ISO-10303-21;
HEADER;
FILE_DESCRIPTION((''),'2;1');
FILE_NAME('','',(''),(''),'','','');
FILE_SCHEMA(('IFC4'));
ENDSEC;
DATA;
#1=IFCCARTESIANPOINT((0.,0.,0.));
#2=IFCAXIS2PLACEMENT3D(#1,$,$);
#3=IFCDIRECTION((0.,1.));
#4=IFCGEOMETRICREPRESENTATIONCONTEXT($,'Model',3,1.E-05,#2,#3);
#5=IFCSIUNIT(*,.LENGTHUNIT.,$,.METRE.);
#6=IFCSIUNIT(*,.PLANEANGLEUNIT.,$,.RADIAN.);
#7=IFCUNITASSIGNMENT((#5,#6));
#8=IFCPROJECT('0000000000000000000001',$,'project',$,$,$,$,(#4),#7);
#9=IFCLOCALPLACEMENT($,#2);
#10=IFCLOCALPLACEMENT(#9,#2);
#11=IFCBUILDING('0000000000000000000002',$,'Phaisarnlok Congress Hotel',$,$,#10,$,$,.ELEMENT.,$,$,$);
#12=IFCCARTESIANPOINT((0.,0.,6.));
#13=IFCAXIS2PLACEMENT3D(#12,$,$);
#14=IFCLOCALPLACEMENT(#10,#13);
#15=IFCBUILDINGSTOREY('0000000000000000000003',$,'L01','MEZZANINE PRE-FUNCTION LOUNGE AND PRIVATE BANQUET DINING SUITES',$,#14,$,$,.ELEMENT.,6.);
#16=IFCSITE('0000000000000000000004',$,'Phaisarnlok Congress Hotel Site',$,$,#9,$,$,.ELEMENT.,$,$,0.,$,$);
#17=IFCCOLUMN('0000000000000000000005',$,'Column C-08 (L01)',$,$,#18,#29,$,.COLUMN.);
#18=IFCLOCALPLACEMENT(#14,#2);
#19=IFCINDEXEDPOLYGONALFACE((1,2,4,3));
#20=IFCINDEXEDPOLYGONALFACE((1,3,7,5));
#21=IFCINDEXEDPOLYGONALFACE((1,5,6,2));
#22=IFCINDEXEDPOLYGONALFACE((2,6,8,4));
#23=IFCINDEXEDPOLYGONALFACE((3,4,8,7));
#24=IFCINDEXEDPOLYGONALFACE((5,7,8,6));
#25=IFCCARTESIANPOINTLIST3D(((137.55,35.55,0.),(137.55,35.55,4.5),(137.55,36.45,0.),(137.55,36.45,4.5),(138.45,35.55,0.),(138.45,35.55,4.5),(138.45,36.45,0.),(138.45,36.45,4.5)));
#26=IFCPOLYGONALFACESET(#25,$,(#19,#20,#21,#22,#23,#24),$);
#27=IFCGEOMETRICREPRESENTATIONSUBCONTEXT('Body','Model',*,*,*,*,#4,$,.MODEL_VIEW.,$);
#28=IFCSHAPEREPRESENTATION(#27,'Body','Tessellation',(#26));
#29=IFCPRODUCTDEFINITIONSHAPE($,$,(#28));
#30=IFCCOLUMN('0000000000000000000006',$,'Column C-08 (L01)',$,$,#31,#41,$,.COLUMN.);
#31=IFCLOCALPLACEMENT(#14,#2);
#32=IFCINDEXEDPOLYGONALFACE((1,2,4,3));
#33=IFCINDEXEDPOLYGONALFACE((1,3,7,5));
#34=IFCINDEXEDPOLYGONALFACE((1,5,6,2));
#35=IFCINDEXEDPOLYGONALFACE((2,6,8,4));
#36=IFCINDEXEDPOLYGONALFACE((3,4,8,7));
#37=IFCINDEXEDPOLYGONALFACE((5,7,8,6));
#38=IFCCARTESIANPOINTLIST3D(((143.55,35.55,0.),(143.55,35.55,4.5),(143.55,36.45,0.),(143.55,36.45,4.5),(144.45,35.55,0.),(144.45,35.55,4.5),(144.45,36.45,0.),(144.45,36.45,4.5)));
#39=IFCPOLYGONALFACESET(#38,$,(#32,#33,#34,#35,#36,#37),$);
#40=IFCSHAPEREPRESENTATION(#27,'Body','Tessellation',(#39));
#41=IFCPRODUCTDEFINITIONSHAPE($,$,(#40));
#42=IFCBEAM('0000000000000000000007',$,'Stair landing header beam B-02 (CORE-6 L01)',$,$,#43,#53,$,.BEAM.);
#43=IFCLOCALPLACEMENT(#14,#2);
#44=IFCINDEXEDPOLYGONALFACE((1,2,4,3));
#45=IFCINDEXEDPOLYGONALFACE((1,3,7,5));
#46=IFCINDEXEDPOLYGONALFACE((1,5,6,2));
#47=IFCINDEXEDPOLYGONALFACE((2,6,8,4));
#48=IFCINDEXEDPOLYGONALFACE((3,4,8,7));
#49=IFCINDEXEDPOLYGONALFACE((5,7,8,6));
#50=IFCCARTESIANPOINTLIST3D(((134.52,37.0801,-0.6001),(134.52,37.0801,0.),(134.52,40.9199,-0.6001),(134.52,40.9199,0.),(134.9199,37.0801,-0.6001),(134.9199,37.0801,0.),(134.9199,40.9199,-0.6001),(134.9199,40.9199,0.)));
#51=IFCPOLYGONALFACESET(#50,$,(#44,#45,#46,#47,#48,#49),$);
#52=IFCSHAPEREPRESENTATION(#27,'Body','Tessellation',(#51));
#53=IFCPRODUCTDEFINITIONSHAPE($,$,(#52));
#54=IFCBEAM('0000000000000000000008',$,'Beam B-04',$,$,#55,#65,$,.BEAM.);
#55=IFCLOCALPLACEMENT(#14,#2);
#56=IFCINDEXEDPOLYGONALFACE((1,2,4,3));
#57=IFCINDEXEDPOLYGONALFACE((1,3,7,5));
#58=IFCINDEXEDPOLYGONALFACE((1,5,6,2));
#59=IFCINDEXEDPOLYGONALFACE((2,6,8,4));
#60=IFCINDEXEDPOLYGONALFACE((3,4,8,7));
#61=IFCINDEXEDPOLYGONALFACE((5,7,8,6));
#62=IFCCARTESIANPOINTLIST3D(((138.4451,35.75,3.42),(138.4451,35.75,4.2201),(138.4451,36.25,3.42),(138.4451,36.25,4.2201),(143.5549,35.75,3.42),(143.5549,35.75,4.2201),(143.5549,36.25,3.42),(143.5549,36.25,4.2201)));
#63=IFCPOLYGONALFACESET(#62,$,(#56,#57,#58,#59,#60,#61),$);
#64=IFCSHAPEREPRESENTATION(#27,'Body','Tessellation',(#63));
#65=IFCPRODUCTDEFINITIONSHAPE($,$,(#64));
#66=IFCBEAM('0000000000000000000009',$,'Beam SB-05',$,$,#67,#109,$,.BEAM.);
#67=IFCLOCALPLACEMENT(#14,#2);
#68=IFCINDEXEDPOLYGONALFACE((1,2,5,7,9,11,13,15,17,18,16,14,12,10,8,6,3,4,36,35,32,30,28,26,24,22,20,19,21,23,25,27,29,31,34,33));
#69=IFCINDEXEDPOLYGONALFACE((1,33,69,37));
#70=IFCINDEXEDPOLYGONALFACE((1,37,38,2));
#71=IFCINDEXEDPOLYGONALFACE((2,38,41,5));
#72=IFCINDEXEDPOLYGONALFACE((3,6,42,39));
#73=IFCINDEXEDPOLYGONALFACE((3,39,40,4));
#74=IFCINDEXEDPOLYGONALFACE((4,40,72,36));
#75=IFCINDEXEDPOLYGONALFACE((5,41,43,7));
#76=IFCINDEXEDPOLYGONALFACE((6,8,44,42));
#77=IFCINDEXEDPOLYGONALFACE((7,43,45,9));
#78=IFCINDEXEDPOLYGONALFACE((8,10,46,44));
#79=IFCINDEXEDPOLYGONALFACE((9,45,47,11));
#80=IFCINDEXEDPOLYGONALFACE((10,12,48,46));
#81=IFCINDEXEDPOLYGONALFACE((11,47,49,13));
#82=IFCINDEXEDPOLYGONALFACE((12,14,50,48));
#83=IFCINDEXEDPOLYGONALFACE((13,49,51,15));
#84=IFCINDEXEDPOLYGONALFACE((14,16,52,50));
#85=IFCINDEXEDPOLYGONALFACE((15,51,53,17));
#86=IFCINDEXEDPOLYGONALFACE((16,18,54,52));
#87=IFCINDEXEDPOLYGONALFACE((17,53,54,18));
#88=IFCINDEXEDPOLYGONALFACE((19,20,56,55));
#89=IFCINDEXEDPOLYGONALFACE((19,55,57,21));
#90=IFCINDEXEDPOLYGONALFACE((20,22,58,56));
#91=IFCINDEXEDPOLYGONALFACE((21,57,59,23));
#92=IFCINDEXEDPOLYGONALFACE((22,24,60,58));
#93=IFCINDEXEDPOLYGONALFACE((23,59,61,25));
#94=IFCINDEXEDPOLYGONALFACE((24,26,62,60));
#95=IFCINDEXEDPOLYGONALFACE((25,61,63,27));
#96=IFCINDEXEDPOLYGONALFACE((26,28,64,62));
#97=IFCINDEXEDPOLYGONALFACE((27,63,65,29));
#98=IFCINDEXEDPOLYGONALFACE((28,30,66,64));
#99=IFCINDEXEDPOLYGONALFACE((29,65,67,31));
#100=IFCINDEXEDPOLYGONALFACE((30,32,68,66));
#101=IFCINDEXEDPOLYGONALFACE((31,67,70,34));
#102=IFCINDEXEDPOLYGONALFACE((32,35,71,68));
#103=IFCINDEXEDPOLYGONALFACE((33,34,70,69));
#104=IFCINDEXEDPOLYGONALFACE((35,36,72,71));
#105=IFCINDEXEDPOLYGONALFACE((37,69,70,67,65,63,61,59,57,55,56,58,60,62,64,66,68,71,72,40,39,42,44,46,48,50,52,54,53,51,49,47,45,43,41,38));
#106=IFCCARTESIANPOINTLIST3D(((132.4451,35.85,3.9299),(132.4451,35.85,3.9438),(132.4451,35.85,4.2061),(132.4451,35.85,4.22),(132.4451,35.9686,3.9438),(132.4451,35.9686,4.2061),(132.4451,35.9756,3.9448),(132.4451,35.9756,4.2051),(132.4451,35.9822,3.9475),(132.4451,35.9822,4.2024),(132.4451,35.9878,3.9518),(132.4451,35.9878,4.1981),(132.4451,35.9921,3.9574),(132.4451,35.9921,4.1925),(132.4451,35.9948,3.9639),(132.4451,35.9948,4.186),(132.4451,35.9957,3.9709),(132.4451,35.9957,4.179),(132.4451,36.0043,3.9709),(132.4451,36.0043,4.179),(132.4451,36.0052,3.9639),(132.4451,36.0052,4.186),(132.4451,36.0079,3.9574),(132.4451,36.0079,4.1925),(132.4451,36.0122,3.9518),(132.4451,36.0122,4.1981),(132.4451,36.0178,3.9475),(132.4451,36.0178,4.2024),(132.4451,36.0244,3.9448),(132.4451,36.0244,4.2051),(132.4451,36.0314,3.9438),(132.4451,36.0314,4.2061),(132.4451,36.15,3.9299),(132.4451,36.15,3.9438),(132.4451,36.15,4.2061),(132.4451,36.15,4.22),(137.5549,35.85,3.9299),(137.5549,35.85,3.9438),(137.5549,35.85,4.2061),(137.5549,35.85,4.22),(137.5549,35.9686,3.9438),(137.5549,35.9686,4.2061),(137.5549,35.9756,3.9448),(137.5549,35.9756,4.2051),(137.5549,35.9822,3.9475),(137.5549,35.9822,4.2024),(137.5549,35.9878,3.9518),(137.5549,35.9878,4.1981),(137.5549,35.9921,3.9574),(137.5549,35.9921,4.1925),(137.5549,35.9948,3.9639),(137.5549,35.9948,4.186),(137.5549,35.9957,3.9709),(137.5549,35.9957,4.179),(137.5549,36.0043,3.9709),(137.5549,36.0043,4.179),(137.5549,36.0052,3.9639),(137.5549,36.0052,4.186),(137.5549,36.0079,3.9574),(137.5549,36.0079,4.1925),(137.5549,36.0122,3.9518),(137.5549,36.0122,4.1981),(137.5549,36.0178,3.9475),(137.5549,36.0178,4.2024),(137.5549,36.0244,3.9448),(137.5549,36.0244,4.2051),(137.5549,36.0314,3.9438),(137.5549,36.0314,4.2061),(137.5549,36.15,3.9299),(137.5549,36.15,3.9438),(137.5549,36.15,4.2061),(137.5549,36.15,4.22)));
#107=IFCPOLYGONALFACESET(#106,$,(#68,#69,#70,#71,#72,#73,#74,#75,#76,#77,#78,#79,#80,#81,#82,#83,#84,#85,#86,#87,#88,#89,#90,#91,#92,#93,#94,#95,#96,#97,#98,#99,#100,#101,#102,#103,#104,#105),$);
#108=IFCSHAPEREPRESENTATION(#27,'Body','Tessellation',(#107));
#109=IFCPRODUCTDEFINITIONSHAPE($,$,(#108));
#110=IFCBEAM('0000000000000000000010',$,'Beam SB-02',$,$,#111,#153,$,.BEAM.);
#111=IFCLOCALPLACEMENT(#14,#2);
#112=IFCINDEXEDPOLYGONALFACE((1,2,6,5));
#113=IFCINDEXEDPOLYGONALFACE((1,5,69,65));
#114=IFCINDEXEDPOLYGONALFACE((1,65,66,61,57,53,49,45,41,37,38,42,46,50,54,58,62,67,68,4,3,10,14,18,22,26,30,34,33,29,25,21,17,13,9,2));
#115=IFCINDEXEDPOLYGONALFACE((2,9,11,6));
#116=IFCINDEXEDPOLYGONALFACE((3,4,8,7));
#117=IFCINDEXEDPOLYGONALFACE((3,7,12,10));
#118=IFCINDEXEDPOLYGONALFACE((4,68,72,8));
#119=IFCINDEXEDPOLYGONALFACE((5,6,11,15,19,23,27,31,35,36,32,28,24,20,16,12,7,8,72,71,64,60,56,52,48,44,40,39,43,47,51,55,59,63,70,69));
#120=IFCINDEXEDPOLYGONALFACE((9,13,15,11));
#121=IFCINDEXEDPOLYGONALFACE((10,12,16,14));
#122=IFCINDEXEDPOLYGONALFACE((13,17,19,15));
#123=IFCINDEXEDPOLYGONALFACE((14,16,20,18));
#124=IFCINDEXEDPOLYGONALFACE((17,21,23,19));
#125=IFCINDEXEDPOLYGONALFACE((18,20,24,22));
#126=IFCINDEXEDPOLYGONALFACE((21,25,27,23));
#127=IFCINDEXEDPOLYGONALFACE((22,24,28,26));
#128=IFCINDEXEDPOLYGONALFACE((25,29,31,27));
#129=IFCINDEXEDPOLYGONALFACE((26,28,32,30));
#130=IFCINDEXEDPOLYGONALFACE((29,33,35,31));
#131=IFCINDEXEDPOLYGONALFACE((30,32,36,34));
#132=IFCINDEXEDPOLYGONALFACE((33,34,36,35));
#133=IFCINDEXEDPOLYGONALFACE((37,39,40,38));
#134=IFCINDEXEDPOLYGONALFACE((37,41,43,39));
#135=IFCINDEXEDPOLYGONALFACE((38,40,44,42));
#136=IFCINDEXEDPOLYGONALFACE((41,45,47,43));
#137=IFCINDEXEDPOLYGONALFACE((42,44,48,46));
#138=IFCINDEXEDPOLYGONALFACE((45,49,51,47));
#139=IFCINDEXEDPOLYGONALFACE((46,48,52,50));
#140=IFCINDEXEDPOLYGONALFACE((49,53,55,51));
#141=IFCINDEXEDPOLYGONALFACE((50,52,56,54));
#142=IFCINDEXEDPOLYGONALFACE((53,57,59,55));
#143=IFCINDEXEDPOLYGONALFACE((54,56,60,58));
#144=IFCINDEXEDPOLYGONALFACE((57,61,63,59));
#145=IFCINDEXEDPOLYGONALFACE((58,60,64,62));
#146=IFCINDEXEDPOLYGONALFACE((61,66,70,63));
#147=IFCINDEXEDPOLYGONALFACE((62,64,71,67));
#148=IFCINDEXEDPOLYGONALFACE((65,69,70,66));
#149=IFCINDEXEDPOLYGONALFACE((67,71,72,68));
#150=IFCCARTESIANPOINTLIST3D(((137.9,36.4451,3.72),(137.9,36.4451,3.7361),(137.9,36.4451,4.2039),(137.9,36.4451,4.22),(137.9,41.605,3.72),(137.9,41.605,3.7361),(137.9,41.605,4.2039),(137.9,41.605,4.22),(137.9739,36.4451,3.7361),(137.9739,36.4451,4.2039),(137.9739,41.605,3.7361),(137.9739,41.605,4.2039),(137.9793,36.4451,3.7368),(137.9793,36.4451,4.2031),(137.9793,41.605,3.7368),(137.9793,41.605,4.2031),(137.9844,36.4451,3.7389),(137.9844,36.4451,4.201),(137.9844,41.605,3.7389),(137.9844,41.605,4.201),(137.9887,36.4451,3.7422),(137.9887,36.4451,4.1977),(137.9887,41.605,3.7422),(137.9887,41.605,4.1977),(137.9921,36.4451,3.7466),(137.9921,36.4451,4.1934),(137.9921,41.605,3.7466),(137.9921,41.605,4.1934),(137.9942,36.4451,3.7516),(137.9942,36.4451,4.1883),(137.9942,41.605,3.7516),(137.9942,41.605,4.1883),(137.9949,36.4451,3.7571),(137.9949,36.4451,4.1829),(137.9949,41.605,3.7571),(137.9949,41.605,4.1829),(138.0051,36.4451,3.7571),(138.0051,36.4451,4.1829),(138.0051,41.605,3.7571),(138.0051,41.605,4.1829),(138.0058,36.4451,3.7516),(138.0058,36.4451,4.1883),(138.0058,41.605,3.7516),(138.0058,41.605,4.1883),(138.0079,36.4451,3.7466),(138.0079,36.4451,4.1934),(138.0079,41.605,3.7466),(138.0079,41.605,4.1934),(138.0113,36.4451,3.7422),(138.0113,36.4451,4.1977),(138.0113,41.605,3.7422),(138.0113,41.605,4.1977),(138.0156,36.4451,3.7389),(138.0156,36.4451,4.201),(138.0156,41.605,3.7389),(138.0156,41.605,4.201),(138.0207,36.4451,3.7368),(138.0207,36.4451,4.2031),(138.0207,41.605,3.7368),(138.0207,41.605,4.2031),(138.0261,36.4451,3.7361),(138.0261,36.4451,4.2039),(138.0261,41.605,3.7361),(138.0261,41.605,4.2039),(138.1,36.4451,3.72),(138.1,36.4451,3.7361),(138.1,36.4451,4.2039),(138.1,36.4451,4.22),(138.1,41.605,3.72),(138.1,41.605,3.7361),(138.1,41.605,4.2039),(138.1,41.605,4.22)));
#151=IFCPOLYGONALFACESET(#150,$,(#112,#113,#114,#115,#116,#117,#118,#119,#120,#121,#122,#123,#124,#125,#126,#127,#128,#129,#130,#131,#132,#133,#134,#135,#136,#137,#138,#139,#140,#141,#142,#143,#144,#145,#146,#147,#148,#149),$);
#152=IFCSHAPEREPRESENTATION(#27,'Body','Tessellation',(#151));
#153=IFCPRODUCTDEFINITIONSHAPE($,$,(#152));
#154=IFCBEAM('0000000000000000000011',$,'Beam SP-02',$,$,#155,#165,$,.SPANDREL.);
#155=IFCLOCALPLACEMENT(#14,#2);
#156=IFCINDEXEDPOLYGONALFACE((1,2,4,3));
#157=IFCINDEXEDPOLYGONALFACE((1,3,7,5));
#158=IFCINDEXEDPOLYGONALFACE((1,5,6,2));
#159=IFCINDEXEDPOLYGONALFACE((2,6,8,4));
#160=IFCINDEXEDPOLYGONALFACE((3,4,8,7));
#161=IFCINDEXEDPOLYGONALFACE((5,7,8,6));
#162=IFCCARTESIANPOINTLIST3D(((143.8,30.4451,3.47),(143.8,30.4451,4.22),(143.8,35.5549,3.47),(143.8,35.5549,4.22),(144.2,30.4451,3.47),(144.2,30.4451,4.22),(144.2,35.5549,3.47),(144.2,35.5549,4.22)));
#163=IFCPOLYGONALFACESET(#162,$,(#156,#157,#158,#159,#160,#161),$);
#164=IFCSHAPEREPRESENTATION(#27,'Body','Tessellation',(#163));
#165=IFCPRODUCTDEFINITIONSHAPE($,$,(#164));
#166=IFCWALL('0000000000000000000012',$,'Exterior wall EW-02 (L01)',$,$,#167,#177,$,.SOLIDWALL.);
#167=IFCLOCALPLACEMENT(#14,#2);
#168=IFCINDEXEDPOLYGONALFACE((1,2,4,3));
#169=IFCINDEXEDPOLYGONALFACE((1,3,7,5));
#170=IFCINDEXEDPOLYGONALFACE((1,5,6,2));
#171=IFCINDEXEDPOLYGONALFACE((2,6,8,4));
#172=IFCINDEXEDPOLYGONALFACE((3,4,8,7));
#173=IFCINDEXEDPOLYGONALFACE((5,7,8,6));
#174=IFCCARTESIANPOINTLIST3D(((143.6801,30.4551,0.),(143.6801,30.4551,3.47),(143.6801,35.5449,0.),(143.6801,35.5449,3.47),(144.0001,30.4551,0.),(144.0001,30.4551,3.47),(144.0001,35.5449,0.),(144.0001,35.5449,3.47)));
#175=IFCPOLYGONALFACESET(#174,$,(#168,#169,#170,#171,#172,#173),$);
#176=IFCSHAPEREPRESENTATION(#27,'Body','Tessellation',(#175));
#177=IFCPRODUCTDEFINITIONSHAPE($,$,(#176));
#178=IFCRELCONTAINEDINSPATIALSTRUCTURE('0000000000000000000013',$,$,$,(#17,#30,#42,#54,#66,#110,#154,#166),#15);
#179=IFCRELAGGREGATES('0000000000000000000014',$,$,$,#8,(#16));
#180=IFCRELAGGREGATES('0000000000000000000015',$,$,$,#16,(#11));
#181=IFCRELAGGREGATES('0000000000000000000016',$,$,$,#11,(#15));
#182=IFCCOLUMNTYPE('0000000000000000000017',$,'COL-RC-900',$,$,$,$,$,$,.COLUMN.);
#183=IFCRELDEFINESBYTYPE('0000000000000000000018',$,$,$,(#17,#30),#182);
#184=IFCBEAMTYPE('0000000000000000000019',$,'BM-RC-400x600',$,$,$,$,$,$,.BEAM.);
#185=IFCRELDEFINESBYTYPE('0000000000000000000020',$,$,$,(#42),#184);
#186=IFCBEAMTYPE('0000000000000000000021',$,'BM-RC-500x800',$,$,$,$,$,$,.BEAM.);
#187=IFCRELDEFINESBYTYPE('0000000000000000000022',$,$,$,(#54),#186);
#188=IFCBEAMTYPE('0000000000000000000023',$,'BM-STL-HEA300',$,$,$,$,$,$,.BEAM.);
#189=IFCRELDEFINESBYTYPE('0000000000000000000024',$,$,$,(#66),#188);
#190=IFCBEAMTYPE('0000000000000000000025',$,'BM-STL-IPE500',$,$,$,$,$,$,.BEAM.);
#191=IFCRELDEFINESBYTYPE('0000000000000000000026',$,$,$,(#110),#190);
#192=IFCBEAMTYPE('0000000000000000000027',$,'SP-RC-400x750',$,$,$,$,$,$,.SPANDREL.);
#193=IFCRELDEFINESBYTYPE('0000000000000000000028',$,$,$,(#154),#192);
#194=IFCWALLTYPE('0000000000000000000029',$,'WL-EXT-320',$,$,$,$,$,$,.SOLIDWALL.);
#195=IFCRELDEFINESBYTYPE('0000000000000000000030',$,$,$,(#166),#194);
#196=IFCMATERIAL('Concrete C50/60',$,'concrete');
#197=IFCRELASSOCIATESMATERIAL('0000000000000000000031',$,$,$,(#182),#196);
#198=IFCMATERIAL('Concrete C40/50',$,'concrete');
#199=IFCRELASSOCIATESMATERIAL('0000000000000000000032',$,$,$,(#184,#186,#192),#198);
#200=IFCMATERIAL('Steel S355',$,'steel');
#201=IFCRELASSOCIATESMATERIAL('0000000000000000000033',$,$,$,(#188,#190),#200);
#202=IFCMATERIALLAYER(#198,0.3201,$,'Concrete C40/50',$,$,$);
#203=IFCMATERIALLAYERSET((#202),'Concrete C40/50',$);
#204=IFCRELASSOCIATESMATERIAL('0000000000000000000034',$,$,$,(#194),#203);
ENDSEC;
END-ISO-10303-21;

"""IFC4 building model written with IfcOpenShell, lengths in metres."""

from ifc_helpers import new_model, si_unit, direction, frame, frame_2d, origin, origin_2d, place, context, subcontext, project, spatial, rectangle, i_section, extrude, material, layer, layer_set, material_profile, profile_set, type_object, element, save


model = new_model("IFC4")

# Units and contexts
model_context = context("Model", 3, precision=1e-05, world=origin(), true_north=direction((0.0, 1.0)))
body_context = subcontext(model_context, "Body", "Model", "MODEL_VIEW")
ifc_project = project(units=[si_unit("LENGTHUNIT", "METRE"), si_unit("PLANEANGLEUNIT", "RADIAN")], contexts=[model_context])

# Site, building, storey
site_placement = place(None, origin())
site = spatial("IfcSite", under=ifc_project, at=site_placement, Name="Phaisarnlok Congress Hotel Site", CompositionType="ELEMENT", RefElevation=0.0)
building_placement = place(site_placement, origin())
building = spatial("IfcBuilding", under=site, at=building_placement, Name="Phaisarnlok Congress Hotel", CompositionType="ELEMENT")
storey_placement = place(building_placement, frame((0.0, 0.0, 6.0)))
storey = spatial("IfcBuildingStorey", under=building, at=storey_placement, Name="L01", Description="MEZZANINE PRE-FUNCTION LOUNGE AND PRIVATE BANQUET DINING SUITES", CompositionType="ELEMENT", Elevation=6.0)

# Columns
ifc_material_1 = material(Name="Concrete C50/60", Category="concrete")
ifc_material_profile_1 = material_profile(ifc_material_1, rectangle(XDim=0.8999, YDim=0.8999, at=origin_2d()), Name="RC 900x900")
ifc_profile_set_1 = profile_set([ifc_material_profile_1], Name="Concrete C50/60")
column_type = type_object("IfcColumnType", Name="COL-RC-900", PredefinedType="COLUMN", material=ifc_profile_set_1)
for number, where, z_axis, x_axis, name in (
    (1, (138.0, 36.0, 0.0), (0.0, 0.0, 1.0), (1.0, 0.0, 0.0), "Column C-08 (L01)"),
    (2, (144.0, 36.0, 0.0), (0.0, 0.0, 1.0), (1.0, 0.0, 0.0), "Column C-08 (L01)"),
):
    element("IfcColumn", number, at=place(storey_placement, frame(where, z_axis=z_axis, x_axis=x_axis)), inside=storey, type_object=column_type, Name=name, PredefinedType="COLUMN", context=body_context, shape_type="SweptSolid", body=[
        extrude(rectangle(XDim=0.8999, YDim=0.8999, at=origin_2d()), origin(), (0.0, 0.0, 1.0), 4.5),
    ])

# Beams
ifc_material_2 = material(Name="Concrete C40/50", Category="concrete")
ifc_material_profile_2 = material_profile(ifc_material_2, rectangle(XDim=0.3999, YDim=0.6001, at=origin_2d()), Name="RC 400x600")
ifc_profile_set_2 = profile_set([ifc_material_profile_2], Name="Concrete C40/50")
beam_type_1 = type_object("IfcBeamType", Name="BM-RC-400x600", PredefinedType="BEAM", material=ifc_profile_set_2)
beam_1_placement = place(storey_placement, frame((134.72, 37.0801, -0.3), z_axis=(0.0, 1.0, 0.0), x_axis=(-1.0, 0.0, 0.0)))
element("IfcBeam", 3, at=beam_1_placement, inside=storey, type_object=beam_type_1, Name="Stair landing header beam B-02 (CORE-6 L01)", PredefinedType="BEAM", context=body_context, shape_type="SweptSolid", body=[
    extrude(rectangle(XDim=0.3999, YDim=0.6001, at=origin_2d()), origin(), (0.0, 0.0, 1.0), 3.8398),
])
ifc_material_profile_3 = material_profile(ifc_material_2, rectangle(XDim=0.5, YDim=0.8, at=origin_2d()), Name="RC 500x800")
ifc_profile_set_3 = profile_set([ifc_material_profile_3], Name="Concrete C40/50")
beam_type_2 = type_object("IfcBeamType", Name="BM-RC-500x800", PredefinedType="BEAM", material=ifc_profile_set_3)
beam_2_placement = place(storey_placement, frame((138.4451, 36.0, 3.8201), z_axis=(1.0, 0.0, 0.0), x_axis=(0.0, 1.0, 0.0)))
element("IfcBeam", 4, at=beam_2_placement, inside=storey, type_object=beam_type_2, Name="Beam B-04", PredefinedType="BEAM", context=body_context, shape_type="SweptSolid", body=[
    extrude(rectangle(XDim=0.5, YDim=0.8, at=origin_2d()), origin(), (0.0, 0.0, 1.0), 5.1099),
])
ifc_material_3 = material(Name="Steel S355", Category="steel")
ifc_material_profile_4 = material_profile(ifc_material_3, i_section(OverallWidth=0.3, OverallDepth=0.29, WebThickness=0.0085, FlangeThickness=0.0139, FilletRadius=0.0271, at=origin_2d()), Name="HEA 300")
ifc_profile_set_4 = profile_set([ifc_material_profile_4], Name="Steel S355")
beam_type_3 = type_object("IfcBeamType", Name="BM-STL-HEA300", PredefinedType="BEAM", material=ifc_profile_set_4)
beam_3_placement = place(storey_placement, frame((132.4451, 36.0, 4.075), z_axis=(1.0, 0.0, 0.0), x_axis=(0.0, 1.0, 0.0)))
element("IfcBeam", 5, at=beam_3_placement, inside=storey, type_object=beam_type_3, Name="Beam SB-05", PredefinedType="BEAM", context=body_context, shape_type="SweptSolid", body=[
    extrude(i_section(OverallWidth=0.3, OverallDepth=0.29, WebThickness=0.0085, FlangeThickness=0.0139, FilletRadius=0.0271, at=origin_2d()), origin(), (0.0, 0.0, 1.0), 5.1099),
])
ifc_material_profile_5 = material_profile(ifc_material_3, i_section(OverallWidth=0.2, OverallDepth=0.5, WebThickness=0.0103, FlangeThickness=0.0161, FilletRadius=0.021, at=origin_2d()), Name="IPE 500")
ifc_profile_set_5 = profile_set([ifc_material_profile_5], Name="Steel S355")
beam_type_4 = type_object("IfcBeamType", Name="BM-STL-IPE500", PredefinedType="BEAM", material=ifc_profile_set_5)
beam_4_placement = place(storey_placement, frame((138.0, 36.4451, 3.97), z_axis=(0.0, 1.0, 0.0), x_axis=(-1.0, 0.0, 0.0)))
element("IfcBeam", 6, at=beam_4_placement, inside=storey, type_object=beam_type_4, Name="Beam SB-02", PredefinedType="BEAM", context=body_context, shape_type="SweptSolid", body=[
    extrude(i_section(OverallWidth=0.2, OverallDepth=0.5, WebThickness=0.0103, FlangeThickness=0.0161, FilletRadius=0.021, at=origin_2d()), origin(), (0.0, 0.0, 1.0), 5.1599),
])
ifc_material_profile_6 = material_profile(ifc_material_2, rectangle(XDim=0.3999, YDim=0.75, at=origin_2d()), Name="RC 400x750")
ifc_profile_set_6 = profile_set([ifc_material_profile_6], Name="Concrete C40/50")
beam_type_5 = type_object("IfcBeamType", Name="SP-RC-400x750", PredefinedType="SPANDREL", material=ifc_profile_set_6)
beam_5_placement = place(storey_placement, frame((144.0, 30.4451, 3.845), z_axis=(0.0, 1.0, 0.0), x_axis=(-1.0, 0.0, 0.0)))
element("IfcBeam", 7, at=beam_5_placement, inside=storey, type_object=beam_type_5, Name="Beam SP-02", PredefinedType="SPANDREL", context=body_context, shape_type="SweptSolid", body=[
    extrude(rectangle(XDim=0.3999, YDim=0.75, at=origin_2d()), origin(), (0.0, 0.0, 1.0), 5.1099),
])

# Wall
ifc_layer_1 = layer(ifc_material_2, 0.3201, Name="Concrete C40/50")
ifc_layer_set_1 = layer_set([ifc_layer_1], Name="Concrete C40/50")
wall_type_1 = type_object("IfcWallType", Name="WL-EXT-320", PredefinedType="SOLIDWALL", material=ifc_layer_set_1)
wall_1_placement = place(storey_placement, frame((143.8401, 30.4551, 0.0), z_axis=(0.0, 0.0, 1.0), x_axis=(0.0, 1.0, 0.0)))
element("IfcWall", 8, at=wall_1_placement, inside=storey, type_object=wall_type_1, Name="Exterior wall EW-02 (L01)", PredefinedType="SOLIDWALL", context=body_context, shape_type="SweptSolid", body=[
    extrude(rectangle(XDim=5.0898, YDim=0.3201, at=frame_2d((2.5449, 0.0))), origin(), (0.0, 0.0, 1.0), 3.47),
])

save(model, "model.ifc")
